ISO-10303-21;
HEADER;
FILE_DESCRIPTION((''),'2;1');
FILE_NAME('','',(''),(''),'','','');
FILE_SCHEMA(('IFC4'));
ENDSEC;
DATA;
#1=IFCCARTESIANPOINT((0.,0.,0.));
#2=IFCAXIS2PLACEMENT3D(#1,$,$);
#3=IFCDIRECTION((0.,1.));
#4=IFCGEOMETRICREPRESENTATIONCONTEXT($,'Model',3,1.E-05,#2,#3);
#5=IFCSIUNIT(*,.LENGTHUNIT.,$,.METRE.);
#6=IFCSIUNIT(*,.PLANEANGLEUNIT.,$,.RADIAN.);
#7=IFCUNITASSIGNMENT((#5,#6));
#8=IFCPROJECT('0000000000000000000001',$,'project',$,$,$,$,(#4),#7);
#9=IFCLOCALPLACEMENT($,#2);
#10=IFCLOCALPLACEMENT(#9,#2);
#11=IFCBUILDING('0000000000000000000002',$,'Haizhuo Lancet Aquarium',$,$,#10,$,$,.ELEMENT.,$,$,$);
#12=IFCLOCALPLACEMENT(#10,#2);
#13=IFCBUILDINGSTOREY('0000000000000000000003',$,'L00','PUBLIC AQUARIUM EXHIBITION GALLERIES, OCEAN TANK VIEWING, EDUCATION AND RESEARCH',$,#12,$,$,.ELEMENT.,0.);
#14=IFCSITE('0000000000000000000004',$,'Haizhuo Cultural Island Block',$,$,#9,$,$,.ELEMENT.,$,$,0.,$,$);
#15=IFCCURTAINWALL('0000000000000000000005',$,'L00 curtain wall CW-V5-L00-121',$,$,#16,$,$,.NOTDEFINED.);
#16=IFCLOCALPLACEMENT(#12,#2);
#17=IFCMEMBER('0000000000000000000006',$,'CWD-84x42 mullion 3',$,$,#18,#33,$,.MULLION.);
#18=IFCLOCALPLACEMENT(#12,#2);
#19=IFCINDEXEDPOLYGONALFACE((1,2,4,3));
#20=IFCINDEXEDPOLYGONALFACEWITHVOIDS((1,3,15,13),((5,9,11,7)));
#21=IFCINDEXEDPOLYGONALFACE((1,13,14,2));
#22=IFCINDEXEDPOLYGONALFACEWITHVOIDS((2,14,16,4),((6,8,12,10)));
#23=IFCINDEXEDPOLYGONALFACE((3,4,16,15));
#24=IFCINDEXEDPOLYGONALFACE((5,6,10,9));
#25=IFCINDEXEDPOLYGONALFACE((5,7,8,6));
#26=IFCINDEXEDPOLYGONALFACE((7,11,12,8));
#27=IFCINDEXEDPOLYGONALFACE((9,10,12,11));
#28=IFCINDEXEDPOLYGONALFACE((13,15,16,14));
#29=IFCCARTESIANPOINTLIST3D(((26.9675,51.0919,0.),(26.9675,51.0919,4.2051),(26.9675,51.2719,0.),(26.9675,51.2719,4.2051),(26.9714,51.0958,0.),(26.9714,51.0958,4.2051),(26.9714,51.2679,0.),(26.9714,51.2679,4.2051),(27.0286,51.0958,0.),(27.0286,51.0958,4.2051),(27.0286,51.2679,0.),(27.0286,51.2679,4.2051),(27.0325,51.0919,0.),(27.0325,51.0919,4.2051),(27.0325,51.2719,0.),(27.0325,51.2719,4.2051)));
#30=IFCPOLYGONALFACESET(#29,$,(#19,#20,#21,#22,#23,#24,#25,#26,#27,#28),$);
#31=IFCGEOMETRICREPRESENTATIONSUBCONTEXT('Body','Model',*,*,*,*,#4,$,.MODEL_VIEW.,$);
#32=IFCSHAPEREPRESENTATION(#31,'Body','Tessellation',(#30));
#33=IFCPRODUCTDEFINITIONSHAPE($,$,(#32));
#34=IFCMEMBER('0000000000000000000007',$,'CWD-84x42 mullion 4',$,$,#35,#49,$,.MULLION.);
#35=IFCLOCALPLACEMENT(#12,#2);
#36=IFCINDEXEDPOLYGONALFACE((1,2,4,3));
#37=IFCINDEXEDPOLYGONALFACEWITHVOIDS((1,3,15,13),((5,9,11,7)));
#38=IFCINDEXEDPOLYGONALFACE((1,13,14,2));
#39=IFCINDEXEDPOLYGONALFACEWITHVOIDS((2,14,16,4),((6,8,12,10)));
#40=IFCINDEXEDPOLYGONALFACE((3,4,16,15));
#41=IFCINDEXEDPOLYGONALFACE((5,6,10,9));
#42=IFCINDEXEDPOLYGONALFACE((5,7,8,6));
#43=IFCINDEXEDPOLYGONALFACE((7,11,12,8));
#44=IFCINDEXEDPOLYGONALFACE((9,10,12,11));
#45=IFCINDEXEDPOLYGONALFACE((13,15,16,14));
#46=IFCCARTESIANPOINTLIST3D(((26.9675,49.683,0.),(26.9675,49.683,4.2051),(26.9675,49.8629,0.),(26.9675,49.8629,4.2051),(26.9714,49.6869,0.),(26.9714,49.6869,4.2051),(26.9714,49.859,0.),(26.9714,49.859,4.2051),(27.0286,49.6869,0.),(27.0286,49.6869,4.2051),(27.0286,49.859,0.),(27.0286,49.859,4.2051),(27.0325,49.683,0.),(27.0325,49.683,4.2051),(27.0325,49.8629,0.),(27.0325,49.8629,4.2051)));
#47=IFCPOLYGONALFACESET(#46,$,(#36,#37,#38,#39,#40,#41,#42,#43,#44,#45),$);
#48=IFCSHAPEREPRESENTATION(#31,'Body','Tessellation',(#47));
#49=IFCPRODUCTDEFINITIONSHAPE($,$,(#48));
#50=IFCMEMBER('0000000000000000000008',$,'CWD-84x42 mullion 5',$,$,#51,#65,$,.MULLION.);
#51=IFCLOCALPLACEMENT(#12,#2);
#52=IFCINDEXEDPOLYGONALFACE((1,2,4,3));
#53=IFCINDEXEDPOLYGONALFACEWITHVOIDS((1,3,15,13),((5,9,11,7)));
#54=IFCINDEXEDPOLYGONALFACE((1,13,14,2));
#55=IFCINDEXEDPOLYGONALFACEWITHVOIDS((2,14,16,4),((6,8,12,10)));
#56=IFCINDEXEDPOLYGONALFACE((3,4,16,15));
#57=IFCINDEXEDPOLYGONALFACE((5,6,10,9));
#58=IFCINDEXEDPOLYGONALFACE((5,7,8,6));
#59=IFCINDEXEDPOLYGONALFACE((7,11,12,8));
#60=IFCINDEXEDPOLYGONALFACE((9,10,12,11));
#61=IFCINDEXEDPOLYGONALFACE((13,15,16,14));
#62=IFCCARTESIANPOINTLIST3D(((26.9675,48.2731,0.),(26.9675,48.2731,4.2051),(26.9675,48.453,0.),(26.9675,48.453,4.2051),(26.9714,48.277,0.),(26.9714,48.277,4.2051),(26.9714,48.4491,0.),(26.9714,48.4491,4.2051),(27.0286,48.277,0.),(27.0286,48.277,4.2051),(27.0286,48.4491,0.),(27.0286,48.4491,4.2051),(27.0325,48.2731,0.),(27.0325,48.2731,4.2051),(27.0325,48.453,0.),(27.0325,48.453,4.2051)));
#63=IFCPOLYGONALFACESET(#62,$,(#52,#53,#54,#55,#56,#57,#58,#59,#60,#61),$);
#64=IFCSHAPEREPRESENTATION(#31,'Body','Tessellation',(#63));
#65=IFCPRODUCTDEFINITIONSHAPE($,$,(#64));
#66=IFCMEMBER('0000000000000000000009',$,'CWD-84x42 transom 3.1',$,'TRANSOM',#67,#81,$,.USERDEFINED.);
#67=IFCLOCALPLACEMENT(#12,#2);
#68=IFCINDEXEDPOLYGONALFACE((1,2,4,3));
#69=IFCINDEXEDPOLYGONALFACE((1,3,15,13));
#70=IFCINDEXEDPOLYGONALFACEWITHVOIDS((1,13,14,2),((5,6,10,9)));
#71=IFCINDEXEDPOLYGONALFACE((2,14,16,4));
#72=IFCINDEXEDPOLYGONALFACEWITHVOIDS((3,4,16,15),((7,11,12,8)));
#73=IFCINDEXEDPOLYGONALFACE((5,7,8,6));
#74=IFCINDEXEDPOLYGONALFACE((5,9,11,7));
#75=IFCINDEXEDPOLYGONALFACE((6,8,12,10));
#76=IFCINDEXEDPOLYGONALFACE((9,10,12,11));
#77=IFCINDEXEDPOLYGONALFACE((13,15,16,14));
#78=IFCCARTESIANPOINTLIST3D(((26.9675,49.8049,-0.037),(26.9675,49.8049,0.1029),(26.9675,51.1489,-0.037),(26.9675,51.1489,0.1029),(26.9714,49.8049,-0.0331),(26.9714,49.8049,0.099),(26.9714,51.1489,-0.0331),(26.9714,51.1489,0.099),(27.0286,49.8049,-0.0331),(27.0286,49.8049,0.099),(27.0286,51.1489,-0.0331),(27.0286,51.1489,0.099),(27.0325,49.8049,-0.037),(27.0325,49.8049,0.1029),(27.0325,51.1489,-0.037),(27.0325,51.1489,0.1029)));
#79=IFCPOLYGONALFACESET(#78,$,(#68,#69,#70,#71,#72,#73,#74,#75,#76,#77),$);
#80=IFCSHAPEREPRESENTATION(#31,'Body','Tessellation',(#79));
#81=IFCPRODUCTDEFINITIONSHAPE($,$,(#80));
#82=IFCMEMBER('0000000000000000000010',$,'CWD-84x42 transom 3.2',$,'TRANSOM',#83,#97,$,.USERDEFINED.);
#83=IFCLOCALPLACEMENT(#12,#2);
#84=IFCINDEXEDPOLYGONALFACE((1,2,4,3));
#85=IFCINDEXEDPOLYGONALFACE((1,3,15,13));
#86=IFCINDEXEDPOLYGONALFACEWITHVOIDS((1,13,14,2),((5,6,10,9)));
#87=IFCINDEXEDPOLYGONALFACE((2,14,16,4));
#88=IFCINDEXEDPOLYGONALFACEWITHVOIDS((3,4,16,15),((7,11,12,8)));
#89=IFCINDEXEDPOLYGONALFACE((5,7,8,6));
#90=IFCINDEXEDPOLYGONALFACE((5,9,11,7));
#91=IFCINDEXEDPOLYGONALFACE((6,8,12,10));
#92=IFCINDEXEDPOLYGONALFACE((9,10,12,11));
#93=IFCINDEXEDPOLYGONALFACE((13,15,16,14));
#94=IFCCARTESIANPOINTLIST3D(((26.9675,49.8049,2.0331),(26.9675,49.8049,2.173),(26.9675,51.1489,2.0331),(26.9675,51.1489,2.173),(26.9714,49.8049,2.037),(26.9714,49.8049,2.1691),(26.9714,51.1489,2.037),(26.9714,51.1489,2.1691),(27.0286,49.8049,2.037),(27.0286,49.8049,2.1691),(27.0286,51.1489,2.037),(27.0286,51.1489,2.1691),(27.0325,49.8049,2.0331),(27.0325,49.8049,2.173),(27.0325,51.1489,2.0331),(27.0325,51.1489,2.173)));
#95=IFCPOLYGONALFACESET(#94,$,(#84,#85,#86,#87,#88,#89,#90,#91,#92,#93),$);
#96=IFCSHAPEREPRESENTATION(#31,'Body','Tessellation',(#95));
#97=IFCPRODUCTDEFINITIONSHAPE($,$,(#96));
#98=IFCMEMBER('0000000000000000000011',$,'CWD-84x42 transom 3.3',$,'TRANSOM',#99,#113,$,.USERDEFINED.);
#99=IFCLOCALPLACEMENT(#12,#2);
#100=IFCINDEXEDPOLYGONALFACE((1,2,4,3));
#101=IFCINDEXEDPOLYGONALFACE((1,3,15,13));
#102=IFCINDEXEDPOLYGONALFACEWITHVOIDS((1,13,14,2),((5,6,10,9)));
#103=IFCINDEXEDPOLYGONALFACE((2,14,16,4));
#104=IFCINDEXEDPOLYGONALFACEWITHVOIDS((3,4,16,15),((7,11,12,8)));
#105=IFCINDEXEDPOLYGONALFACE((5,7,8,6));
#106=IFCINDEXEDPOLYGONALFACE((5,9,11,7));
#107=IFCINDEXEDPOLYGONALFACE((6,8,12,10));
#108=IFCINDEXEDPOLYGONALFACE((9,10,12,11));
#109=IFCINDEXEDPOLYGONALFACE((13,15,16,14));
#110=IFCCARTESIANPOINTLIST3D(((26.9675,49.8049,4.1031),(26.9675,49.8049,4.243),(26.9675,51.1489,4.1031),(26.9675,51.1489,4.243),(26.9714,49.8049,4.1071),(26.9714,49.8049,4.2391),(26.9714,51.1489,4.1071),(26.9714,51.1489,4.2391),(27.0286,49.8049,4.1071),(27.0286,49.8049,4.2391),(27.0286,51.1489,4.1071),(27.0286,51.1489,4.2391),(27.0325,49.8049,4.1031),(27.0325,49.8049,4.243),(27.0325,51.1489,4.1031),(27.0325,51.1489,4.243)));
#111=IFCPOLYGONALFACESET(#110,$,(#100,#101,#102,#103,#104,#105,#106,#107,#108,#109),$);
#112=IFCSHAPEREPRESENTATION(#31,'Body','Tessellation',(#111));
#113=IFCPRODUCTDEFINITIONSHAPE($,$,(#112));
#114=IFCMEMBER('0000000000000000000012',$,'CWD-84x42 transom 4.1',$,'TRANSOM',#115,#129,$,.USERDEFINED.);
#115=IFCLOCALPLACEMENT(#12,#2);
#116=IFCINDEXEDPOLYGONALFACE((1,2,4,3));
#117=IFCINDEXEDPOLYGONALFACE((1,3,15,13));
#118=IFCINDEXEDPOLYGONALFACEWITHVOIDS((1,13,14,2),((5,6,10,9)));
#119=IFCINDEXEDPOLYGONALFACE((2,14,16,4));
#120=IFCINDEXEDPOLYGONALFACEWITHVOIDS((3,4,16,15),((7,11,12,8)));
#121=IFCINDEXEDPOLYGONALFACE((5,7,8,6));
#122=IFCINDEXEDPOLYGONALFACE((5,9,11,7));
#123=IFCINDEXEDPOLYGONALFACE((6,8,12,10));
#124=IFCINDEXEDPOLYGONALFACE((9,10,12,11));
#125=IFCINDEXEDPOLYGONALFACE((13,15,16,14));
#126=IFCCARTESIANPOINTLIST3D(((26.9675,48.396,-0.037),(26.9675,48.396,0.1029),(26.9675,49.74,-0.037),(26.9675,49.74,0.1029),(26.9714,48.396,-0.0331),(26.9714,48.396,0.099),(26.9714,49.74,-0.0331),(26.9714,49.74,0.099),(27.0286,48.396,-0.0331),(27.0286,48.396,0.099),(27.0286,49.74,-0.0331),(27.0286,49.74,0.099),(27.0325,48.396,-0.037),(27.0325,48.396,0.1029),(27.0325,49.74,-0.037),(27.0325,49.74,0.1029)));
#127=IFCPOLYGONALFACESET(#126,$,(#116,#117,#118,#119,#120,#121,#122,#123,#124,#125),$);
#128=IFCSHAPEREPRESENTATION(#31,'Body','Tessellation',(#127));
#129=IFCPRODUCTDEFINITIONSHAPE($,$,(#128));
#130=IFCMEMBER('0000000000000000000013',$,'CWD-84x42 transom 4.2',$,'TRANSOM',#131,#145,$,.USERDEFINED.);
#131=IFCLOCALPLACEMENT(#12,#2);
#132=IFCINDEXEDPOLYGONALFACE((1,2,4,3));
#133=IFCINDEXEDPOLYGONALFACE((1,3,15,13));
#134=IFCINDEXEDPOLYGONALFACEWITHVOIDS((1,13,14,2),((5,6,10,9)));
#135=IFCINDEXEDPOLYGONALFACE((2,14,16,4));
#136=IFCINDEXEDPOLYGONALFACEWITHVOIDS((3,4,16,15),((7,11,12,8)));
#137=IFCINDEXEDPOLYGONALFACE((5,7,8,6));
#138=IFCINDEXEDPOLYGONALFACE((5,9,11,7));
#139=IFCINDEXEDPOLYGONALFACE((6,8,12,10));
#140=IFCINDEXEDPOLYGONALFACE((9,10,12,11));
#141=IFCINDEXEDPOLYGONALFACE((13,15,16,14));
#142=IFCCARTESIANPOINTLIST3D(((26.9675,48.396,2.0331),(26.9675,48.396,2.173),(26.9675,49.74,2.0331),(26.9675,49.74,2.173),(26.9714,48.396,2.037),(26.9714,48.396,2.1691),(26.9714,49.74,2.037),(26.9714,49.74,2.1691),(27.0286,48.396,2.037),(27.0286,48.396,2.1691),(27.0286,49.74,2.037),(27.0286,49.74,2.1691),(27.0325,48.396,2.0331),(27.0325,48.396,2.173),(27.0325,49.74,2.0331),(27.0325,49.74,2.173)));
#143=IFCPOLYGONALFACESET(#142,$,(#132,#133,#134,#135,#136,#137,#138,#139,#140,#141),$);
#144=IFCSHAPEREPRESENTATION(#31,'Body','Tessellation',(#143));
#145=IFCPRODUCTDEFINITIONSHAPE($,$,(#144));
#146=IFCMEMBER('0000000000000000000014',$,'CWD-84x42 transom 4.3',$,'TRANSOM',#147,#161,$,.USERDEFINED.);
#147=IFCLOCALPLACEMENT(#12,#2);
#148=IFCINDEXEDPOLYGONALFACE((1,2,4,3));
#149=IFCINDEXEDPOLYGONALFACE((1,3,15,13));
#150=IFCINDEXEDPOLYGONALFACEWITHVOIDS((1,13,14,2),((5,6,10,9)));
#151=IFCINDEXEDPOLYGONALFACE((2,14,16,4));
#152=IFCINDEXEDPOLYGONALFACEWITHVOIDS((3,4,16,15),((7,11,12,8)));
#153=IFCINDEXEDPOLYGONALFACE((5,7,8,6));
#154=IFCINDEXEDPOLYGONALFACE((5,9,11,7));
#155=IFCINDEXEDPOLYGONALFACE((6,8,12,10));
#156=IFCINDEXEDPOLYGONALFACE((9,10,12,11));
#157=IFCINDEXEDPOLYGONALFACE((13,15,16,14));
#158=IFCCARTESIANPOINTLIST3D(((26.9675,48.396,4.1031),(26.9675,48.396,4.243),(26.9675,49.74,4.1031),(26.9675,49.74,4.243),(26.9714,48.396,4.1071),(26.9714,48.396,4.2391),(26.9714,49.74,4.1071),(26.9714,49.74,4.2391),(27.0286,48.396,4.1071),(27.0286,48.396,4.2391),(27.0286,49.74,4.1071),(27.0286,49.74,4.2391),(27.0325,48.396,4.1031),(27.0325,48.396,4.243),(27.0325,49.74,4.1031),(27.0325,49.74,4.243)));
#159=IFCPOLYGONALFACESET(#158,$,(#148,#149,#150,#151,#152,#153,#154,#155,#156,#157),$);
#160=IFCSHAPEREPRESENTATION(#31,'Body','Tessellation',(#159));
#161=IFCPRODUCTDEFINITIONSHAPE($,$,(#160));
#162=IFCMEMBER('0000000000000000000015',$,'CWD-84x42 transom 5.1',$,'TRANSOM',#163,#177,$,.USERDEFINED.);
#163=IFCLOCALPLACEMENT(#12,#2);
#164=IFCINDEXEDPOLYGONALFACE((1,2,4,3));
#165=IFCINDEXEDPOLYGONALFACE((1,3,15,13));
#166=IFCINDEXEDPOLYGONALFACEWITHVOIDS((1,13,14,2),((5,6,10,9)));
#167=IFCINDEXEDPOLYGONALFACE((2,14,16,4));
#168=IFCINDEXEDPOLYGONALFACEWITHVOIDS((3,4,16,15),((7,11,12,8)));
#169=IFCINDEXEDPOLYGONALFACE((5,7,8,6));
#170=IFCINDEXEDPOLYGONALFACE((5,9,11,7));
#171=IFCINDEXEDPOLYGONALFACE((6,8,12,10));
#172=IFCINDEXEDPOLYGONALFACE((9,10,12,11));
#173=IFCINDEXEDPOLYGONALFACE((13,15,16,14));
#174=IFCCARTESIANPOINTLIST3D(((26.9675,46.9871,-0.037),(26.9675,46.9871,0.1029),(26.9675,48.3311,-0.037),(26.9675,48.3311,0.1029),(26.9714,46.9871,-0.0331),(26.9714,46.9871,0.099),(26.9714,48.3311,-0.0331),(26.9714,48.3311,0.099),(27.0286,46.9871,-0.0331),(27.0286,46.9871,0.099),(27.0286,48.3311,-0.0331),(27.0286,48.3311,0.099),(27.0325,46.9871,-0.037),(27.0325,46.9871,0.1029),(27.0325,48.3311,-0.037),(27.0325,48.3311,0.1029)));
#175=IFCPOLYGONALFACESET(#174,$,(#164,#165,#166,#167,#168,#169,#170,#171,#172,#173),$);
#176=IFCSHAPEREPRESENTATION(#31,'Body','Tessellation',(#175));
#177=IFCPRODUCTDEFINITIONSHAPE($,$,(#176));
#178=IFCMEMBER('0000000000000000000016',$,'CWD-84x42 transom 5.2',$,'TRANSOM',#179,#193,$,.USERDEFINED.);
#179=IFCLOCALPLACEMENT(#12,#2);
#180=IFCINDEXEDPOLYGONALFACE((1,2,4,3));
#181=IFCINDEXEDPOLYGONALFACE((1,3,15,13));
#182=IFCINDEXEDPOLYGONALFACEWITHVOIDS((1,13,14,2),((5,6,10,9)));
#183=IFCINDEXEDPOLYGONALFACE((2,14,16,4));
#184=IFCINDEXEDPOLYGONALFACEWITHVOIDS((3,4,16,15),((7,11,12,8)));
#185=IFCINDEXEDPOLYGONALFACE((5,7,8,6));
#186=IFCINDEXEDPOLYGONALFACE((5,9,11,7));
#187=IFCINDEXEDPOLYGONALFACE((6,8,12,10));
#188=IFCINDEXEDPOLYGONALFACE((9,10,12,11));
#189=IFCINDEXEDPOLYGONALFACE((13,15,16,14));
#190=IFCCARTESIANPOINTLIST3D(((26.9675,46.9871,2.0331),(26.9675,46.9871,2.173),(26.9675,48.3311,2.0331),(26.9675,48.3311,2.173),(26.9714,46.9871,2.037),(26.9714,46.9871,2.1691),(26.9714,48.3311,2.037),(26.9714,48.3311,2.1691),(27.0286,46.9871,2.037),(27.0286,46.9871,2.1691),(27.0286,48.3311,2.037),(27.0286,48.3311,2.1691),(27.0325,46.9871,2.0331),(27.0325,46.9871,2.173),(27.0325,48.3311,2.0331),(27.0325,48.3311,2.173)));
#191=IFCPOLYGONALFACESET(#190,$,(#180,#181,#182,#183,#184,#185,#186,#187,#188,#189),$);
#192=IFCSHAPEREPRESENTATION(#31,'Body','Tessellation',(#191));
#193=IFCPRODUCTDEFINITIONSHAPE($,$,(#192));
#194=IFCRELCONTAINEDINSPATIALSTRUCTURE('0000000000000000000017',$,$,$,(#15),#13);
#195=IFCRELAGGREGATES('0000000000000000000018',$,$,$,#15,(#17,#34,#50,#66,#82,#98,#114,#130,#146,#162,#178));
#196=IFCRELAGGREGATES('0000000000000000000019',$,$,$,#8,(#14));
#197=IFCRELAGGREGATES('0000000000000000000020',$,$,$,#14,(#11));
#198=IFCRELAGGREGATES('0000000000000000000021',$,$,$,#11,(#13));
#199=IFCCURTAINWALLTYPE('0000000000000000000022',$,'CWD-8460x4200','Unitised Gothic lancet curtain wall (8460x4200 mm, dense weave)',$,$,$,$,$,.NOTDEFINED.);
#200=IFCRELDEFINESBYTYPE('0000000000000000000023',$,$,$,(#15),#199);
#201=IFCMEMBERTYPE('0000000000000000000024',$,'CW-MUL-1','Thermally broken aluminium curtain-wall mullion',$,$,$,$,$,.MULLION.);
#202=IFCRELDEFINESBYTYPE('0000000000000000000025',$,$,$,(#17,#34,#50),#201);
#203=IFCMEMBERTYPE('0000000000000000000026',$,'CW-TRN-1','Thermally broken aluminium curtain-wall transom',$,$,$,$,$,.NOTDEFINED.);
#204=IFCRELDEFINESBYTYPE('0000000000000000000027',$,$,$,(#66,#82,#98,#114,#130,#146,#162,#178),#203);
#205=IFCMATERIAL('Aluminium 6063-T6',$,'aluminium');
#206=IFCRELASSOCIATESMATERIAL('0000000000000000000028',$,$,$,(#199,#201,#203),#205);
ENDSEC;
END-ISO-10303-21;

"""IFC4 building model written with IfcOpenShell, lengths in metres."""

from ifc_helpers import new_model, si_unit, direction, frame, origin, origin_2d, place, context, subcontext, project, spatial, hollow_rectangle, extrude, material, material_profile, profile_set, type_object, element, aggregate, save


model = new_model("IFC4")

# Units and contexts
model_context = context("Model", 3, precision=1e-05, world=origin(), true_north=direction((0.0, 1.0)))
body_context = subcontext(model_context, "Body", "Model", "MODEL_VIEW")
ifc_project = project(units=[si_unit("LENGTHUNIT", "METRE"), si_unit("PLANEANGLEUNIT", "RADIAN")], contexts=[model_context])

# Site, building, storey
site_placement = place(None, origin())
site = spatial("IfcSite", under=ifc_project, at=site_placement, Name="Haizhuo Cultural Island Block", CompositionType="ELEMENT", RefElevation=0.0)
building_placement = place(site_placement, origin())
building = spatial("IfcBuilding", under=site, at=building_placement, Name="Haizhuo Lancet Aquarium", CompositionType="ELEMENT")
storey_placement = place(building_placement, origin())
storey = spatial("IfcBuildingStorey", under=building, at=storey_placement, Name="L00", Description="PUBLIC AQUARIUM EXHIBITION GALLERIES, OCEAN TANK VIEWING, EDUCATION AND RESEARCH", CompositionType="ELEMENT", Elevation=0.0)

# Curtain wall, members
ifc_material_1 = material(Name="Aluminium 6063-T6", Category="aluminium")
curtain_wall_type = type_object("IfcCurtainWallType", Name="CWD-8460x4200", Description="Unitised Gothic lancet curtain wall (8460x4200 mm, dense weave)", PredefinedType="NOTDEFINED", material=ifc_material_1)
curtain_wall_placement = place(storey_placement, origin())
curtain_wall = element("IfcCurtainWall", 1, at=curtain_wall_placement, inside=storey, type_object=curtain_wall_type, Name="L00 curtain wall CW-V5-L00-121", PredefinedType="NOTDEFINED")
ifc_material_profile_1 = material_profile(ifc_material_1, hollow_rectangle(XDim=0.0649, YDim=0.1799, WallThickness=0.0039, at=origin_2d()), Name="ALU-M 65x180x4")
ifc_profile_set_1 = profile_set([ifc_material_profile_1], Name="Aluminium 6063-T6")
member_type_1 = type_object("IfcMemberType", Name="CW-MUL-1", Description="Thermally broken aluminium curtain-wall mullion", PredefinedType="MULLION", material=ifc_profile_set_1)
member_1_placement = place(storey_placement, frame((27.0, 51.1819, 0.0), z_axis=(0.0, 0.0, 1.0), x_axis=(1.0, 0.0, 0.0)))
member_1 = element("IfcMember", 2, at=member_1_placement, type_object=member_type_1, Name="CWD-84x42 mullion 3", PredefinedType="MULLION", context=body_context, shape_type="SweptSolid", body=[
    extrude(hollow_rectangle(XDim=0.0649, YDim=0.1799, WallThickness=0.0039, at=origin_2d()), origin(), (0.0, 0.0, 1.0), 4.2051),
])
member_2_placement = place(storey_placement, frame((27.0, 49.7729, 0.0), z_axis=(0.0, 0.0, 1.0), x_axis=(1.0, 0.0, 0.0)))
member_2 = element("IfcMember", 3, at=member_2_placement, type_object=member_type_1, Name="CWD-84x42 mullion 4", PredefinedType="MULLION", context=body_context, shape_type="SweptSolid", body=[
    extrude(hollow_rectangle(XDim=0.0649, YDim=0.1799, WallThickness=0.0039, at=origin_2d()), origin(), (0.0, 0.0, 1.0), 4.2051),
])
member_3_placement = place(storey_placement, frame((27.0, 48.363, 0.0), z_axis=(0.0, 0.0, 1.0), x_axis=(1.0, 0.0, 0.0)))
member_3 = element("IfcMember", 4, at=member_3_placement, type_object=member_type_1, Name="CWD-84x42 mullion 5", PredefinedType="MULLION", context=body_context, shape_type="SweptSolid", body=[
    extrude(hollow_rectangle(XDim=0.0649, YDim=0.1799, WallThickness=0.0039, at=origin_2d()), origin(), (0.0, 0.0, 1.0), 4.2051),
])
ifc_material_profile_2 = material_profile(ifc_material_1, hollow_rectangle(XDim=0.0649, YDim=0.1399, WallThickness=0.0039, at=origin_2d()), Name="ALU-T 65x140x4")
ifc_profile_set_2 = profile_set([ifc_material_profile_2], Name="Aluminium 6063-T6")
member_type_2 = type_object("IfcMemberType", Name="CW-TRN-1", Description="Thermally broken aluminium curtain-wall transom", PredefinedType="NOTDEFINED", material=ifc_profile_set_2)
member_4_placement = place(storey_placement, frame((27.0, 51.1489, 0.033), z_axis=(0.0, -1.0, 0.0), x_axis=(1.0, 0.0, 0.0)))
member_4 = element("IfcMember", 5, at=member_4_placement, type_object=member_type_2, Name="CWD-84x42 transom 3.1", ObjectType="TRANSOM", PredefinedType="USERDEFINED", context=body_context, shape_type="SweptSolid", body=[
    extrude(hollow_rectangle(XDim=0.0649, YDim=0.1399, WallThickness=0.0039, at=origin_2d()), origin(), (0.0, 0.0, 1.0), 1.344),
])
member_5_placement = place(storey_placement, frame((27.0, 51.1489, 2.103), z_axis=(0.0, -1.0, 0.0), x_axis=(1.0, 0.0, 0.0)))
member_5 = element("IfcMember", 6, at=member_5_placement, type_object=member_type_2, Name="CWD-84x42 transom 3.2", ObjectType="TRANSOM", PredefinedType="USERDEFINED", context=body_context, shape_type="SweptSolid", body=[
    extrude(hollow_rectangle(XDim=0.0649, YDim=0.1399, WallThickness=0.0039, at=origin_2d()), origin(), (0.0, 0.0, 1.0), 1.344),
])
member_6_placement = place(storey_placement, frame((27.0, 51.1489, 4.1731), z_axis=(0.0, -1.0, 0.0), x_axis=(1.0, 0.0, 0.0)))
member_6 = element("IfcMember", 7, at=member_6_placement, type_object=member_type_2, Name="CWD-84x42 transom 3.3", ObjectType="TRANSOM", PredefinedType="USERDEFINED", context=body_context, shape_type="SweptSolid", body=[
    extrude(hollow_rectangle(XDim=0.0649, YDim=0.1399, WallThickness=0.0039, at=origin_2d()), origin(), (0.0, 0.0, 1.0), 1.344),
])
member_7_placement = place(storey_placement, frame((27.0, 49.74, 0.033), z_axis=(0.0, -1.0, 0.0), x_axis=(1.0, 0.0, 0.0)))
member_7 = element("IfcMember", 8, at=member_7_placement, type_object=member_type_2, Name="CWD-84x42 transom 4.1", ObjectType="TRANSOM", PredefinedType="USERDEFINED", context=body_context, shape_type="SweptSolid", body=[
    extrude(hollow_rectangle(XDim=0.0649, YDim=0.1399, WallThickness=0.0039, at=origin_2d()), origin(), (0.0, 0.0, 1.0), 1.344),
])
member_8_placement = place(storey_placement, frame((27.0, 49.74, 2.103), z_axis=(0.0, -1.0, 0.0), x_axis=(1.0, 0.0, 0.0)))
member_8 = element("IfcMember", 9, at=member_8_placement, type_object=member_type_2, Name="CWD-84x42 transom 4.2", ObjectType="TRANSOM", PredefinedType="USERDEFINED", context=body_context, shape_type="SweptSolid", body=[
    extrude(hollow_rectangle(XDim=0.0649, YDim=0.1399, WallThickness=0.0039, at=origin_2d()), origin(), (0.0, 0.0, 1.0), 1.344),
])
member_9_placement = place(storey_placement, frame((27.0, 49.74, 4.1731), z_axis=(0.0, -1.0, 0.0), x_axis=(1.0, 0.0, 0.0)))
member_9 = element("IfcMember", 10, at=member_9_placement, type_object=member_type_2, Name="CWD-84x42 transom 4.3", ObjectType="TRANSOM", PredefinedType="USERDEFINED", context=body_context, shape_type="SweptSolid", body=[
    extrude(hollow_rectangle(XDim=0.0649, YDim=0.1399, WallThickness=0.0039, at=origin_2d()), origin(), (0.0, 0.0, 1.0), 1.344),
])
member_10_placement = place(storey_placement, frame((27.0, 48.3311, 0.033), z_axis=(0.0, -1.0, 0.0), x_axis=(1.0, 0.0, 0.0)))
member_10 = element("IfcMember", 11, at=member_10_placement, type_object=member_type_2, Name="CWD-84x42 transom 5.1", ObjectType="TRANSOM", PredefinedType="USERDEFINED", context=body_context, shape_type="SweptSolid", body=[
    extrude(hollow_rectangle(XDim=0.0649, YDim=0.1399, WallThickness=0.0039, at=origin_2d()), origin(), (0.0, 0.0, 1.0), 1.344),
])
member_11_placement = place(storey_placement, frame((27.0, 48.3311, 2.103), z_axis=(0.0, -1.0, 0.0), x_axis=(1.0, 0.0, 0.0)))
member_11 = element("IfcMember", 12, at=member_11_placement, type_object=member_type_2, Name="CWD-84x42 transom 5.2", ObjectType="TRANSOM", PredefinedType="USERDEFINED", context=body_context, shape_type="SweptSolid", body=[
    extrude(hollow_rectangle(XDim=0.0649, YDim=0.1399, WallThickness=0.0039, at=origin_2d()), origin(), (0.0, 0.0, 1.0), 1.344),
])

aggregate(curtain_wall, [member_1, member_2, member_3, member_4, member_5, member_6, member_7, member_8, member_9, member_10, member_11])

save(model, "model.ifc")
